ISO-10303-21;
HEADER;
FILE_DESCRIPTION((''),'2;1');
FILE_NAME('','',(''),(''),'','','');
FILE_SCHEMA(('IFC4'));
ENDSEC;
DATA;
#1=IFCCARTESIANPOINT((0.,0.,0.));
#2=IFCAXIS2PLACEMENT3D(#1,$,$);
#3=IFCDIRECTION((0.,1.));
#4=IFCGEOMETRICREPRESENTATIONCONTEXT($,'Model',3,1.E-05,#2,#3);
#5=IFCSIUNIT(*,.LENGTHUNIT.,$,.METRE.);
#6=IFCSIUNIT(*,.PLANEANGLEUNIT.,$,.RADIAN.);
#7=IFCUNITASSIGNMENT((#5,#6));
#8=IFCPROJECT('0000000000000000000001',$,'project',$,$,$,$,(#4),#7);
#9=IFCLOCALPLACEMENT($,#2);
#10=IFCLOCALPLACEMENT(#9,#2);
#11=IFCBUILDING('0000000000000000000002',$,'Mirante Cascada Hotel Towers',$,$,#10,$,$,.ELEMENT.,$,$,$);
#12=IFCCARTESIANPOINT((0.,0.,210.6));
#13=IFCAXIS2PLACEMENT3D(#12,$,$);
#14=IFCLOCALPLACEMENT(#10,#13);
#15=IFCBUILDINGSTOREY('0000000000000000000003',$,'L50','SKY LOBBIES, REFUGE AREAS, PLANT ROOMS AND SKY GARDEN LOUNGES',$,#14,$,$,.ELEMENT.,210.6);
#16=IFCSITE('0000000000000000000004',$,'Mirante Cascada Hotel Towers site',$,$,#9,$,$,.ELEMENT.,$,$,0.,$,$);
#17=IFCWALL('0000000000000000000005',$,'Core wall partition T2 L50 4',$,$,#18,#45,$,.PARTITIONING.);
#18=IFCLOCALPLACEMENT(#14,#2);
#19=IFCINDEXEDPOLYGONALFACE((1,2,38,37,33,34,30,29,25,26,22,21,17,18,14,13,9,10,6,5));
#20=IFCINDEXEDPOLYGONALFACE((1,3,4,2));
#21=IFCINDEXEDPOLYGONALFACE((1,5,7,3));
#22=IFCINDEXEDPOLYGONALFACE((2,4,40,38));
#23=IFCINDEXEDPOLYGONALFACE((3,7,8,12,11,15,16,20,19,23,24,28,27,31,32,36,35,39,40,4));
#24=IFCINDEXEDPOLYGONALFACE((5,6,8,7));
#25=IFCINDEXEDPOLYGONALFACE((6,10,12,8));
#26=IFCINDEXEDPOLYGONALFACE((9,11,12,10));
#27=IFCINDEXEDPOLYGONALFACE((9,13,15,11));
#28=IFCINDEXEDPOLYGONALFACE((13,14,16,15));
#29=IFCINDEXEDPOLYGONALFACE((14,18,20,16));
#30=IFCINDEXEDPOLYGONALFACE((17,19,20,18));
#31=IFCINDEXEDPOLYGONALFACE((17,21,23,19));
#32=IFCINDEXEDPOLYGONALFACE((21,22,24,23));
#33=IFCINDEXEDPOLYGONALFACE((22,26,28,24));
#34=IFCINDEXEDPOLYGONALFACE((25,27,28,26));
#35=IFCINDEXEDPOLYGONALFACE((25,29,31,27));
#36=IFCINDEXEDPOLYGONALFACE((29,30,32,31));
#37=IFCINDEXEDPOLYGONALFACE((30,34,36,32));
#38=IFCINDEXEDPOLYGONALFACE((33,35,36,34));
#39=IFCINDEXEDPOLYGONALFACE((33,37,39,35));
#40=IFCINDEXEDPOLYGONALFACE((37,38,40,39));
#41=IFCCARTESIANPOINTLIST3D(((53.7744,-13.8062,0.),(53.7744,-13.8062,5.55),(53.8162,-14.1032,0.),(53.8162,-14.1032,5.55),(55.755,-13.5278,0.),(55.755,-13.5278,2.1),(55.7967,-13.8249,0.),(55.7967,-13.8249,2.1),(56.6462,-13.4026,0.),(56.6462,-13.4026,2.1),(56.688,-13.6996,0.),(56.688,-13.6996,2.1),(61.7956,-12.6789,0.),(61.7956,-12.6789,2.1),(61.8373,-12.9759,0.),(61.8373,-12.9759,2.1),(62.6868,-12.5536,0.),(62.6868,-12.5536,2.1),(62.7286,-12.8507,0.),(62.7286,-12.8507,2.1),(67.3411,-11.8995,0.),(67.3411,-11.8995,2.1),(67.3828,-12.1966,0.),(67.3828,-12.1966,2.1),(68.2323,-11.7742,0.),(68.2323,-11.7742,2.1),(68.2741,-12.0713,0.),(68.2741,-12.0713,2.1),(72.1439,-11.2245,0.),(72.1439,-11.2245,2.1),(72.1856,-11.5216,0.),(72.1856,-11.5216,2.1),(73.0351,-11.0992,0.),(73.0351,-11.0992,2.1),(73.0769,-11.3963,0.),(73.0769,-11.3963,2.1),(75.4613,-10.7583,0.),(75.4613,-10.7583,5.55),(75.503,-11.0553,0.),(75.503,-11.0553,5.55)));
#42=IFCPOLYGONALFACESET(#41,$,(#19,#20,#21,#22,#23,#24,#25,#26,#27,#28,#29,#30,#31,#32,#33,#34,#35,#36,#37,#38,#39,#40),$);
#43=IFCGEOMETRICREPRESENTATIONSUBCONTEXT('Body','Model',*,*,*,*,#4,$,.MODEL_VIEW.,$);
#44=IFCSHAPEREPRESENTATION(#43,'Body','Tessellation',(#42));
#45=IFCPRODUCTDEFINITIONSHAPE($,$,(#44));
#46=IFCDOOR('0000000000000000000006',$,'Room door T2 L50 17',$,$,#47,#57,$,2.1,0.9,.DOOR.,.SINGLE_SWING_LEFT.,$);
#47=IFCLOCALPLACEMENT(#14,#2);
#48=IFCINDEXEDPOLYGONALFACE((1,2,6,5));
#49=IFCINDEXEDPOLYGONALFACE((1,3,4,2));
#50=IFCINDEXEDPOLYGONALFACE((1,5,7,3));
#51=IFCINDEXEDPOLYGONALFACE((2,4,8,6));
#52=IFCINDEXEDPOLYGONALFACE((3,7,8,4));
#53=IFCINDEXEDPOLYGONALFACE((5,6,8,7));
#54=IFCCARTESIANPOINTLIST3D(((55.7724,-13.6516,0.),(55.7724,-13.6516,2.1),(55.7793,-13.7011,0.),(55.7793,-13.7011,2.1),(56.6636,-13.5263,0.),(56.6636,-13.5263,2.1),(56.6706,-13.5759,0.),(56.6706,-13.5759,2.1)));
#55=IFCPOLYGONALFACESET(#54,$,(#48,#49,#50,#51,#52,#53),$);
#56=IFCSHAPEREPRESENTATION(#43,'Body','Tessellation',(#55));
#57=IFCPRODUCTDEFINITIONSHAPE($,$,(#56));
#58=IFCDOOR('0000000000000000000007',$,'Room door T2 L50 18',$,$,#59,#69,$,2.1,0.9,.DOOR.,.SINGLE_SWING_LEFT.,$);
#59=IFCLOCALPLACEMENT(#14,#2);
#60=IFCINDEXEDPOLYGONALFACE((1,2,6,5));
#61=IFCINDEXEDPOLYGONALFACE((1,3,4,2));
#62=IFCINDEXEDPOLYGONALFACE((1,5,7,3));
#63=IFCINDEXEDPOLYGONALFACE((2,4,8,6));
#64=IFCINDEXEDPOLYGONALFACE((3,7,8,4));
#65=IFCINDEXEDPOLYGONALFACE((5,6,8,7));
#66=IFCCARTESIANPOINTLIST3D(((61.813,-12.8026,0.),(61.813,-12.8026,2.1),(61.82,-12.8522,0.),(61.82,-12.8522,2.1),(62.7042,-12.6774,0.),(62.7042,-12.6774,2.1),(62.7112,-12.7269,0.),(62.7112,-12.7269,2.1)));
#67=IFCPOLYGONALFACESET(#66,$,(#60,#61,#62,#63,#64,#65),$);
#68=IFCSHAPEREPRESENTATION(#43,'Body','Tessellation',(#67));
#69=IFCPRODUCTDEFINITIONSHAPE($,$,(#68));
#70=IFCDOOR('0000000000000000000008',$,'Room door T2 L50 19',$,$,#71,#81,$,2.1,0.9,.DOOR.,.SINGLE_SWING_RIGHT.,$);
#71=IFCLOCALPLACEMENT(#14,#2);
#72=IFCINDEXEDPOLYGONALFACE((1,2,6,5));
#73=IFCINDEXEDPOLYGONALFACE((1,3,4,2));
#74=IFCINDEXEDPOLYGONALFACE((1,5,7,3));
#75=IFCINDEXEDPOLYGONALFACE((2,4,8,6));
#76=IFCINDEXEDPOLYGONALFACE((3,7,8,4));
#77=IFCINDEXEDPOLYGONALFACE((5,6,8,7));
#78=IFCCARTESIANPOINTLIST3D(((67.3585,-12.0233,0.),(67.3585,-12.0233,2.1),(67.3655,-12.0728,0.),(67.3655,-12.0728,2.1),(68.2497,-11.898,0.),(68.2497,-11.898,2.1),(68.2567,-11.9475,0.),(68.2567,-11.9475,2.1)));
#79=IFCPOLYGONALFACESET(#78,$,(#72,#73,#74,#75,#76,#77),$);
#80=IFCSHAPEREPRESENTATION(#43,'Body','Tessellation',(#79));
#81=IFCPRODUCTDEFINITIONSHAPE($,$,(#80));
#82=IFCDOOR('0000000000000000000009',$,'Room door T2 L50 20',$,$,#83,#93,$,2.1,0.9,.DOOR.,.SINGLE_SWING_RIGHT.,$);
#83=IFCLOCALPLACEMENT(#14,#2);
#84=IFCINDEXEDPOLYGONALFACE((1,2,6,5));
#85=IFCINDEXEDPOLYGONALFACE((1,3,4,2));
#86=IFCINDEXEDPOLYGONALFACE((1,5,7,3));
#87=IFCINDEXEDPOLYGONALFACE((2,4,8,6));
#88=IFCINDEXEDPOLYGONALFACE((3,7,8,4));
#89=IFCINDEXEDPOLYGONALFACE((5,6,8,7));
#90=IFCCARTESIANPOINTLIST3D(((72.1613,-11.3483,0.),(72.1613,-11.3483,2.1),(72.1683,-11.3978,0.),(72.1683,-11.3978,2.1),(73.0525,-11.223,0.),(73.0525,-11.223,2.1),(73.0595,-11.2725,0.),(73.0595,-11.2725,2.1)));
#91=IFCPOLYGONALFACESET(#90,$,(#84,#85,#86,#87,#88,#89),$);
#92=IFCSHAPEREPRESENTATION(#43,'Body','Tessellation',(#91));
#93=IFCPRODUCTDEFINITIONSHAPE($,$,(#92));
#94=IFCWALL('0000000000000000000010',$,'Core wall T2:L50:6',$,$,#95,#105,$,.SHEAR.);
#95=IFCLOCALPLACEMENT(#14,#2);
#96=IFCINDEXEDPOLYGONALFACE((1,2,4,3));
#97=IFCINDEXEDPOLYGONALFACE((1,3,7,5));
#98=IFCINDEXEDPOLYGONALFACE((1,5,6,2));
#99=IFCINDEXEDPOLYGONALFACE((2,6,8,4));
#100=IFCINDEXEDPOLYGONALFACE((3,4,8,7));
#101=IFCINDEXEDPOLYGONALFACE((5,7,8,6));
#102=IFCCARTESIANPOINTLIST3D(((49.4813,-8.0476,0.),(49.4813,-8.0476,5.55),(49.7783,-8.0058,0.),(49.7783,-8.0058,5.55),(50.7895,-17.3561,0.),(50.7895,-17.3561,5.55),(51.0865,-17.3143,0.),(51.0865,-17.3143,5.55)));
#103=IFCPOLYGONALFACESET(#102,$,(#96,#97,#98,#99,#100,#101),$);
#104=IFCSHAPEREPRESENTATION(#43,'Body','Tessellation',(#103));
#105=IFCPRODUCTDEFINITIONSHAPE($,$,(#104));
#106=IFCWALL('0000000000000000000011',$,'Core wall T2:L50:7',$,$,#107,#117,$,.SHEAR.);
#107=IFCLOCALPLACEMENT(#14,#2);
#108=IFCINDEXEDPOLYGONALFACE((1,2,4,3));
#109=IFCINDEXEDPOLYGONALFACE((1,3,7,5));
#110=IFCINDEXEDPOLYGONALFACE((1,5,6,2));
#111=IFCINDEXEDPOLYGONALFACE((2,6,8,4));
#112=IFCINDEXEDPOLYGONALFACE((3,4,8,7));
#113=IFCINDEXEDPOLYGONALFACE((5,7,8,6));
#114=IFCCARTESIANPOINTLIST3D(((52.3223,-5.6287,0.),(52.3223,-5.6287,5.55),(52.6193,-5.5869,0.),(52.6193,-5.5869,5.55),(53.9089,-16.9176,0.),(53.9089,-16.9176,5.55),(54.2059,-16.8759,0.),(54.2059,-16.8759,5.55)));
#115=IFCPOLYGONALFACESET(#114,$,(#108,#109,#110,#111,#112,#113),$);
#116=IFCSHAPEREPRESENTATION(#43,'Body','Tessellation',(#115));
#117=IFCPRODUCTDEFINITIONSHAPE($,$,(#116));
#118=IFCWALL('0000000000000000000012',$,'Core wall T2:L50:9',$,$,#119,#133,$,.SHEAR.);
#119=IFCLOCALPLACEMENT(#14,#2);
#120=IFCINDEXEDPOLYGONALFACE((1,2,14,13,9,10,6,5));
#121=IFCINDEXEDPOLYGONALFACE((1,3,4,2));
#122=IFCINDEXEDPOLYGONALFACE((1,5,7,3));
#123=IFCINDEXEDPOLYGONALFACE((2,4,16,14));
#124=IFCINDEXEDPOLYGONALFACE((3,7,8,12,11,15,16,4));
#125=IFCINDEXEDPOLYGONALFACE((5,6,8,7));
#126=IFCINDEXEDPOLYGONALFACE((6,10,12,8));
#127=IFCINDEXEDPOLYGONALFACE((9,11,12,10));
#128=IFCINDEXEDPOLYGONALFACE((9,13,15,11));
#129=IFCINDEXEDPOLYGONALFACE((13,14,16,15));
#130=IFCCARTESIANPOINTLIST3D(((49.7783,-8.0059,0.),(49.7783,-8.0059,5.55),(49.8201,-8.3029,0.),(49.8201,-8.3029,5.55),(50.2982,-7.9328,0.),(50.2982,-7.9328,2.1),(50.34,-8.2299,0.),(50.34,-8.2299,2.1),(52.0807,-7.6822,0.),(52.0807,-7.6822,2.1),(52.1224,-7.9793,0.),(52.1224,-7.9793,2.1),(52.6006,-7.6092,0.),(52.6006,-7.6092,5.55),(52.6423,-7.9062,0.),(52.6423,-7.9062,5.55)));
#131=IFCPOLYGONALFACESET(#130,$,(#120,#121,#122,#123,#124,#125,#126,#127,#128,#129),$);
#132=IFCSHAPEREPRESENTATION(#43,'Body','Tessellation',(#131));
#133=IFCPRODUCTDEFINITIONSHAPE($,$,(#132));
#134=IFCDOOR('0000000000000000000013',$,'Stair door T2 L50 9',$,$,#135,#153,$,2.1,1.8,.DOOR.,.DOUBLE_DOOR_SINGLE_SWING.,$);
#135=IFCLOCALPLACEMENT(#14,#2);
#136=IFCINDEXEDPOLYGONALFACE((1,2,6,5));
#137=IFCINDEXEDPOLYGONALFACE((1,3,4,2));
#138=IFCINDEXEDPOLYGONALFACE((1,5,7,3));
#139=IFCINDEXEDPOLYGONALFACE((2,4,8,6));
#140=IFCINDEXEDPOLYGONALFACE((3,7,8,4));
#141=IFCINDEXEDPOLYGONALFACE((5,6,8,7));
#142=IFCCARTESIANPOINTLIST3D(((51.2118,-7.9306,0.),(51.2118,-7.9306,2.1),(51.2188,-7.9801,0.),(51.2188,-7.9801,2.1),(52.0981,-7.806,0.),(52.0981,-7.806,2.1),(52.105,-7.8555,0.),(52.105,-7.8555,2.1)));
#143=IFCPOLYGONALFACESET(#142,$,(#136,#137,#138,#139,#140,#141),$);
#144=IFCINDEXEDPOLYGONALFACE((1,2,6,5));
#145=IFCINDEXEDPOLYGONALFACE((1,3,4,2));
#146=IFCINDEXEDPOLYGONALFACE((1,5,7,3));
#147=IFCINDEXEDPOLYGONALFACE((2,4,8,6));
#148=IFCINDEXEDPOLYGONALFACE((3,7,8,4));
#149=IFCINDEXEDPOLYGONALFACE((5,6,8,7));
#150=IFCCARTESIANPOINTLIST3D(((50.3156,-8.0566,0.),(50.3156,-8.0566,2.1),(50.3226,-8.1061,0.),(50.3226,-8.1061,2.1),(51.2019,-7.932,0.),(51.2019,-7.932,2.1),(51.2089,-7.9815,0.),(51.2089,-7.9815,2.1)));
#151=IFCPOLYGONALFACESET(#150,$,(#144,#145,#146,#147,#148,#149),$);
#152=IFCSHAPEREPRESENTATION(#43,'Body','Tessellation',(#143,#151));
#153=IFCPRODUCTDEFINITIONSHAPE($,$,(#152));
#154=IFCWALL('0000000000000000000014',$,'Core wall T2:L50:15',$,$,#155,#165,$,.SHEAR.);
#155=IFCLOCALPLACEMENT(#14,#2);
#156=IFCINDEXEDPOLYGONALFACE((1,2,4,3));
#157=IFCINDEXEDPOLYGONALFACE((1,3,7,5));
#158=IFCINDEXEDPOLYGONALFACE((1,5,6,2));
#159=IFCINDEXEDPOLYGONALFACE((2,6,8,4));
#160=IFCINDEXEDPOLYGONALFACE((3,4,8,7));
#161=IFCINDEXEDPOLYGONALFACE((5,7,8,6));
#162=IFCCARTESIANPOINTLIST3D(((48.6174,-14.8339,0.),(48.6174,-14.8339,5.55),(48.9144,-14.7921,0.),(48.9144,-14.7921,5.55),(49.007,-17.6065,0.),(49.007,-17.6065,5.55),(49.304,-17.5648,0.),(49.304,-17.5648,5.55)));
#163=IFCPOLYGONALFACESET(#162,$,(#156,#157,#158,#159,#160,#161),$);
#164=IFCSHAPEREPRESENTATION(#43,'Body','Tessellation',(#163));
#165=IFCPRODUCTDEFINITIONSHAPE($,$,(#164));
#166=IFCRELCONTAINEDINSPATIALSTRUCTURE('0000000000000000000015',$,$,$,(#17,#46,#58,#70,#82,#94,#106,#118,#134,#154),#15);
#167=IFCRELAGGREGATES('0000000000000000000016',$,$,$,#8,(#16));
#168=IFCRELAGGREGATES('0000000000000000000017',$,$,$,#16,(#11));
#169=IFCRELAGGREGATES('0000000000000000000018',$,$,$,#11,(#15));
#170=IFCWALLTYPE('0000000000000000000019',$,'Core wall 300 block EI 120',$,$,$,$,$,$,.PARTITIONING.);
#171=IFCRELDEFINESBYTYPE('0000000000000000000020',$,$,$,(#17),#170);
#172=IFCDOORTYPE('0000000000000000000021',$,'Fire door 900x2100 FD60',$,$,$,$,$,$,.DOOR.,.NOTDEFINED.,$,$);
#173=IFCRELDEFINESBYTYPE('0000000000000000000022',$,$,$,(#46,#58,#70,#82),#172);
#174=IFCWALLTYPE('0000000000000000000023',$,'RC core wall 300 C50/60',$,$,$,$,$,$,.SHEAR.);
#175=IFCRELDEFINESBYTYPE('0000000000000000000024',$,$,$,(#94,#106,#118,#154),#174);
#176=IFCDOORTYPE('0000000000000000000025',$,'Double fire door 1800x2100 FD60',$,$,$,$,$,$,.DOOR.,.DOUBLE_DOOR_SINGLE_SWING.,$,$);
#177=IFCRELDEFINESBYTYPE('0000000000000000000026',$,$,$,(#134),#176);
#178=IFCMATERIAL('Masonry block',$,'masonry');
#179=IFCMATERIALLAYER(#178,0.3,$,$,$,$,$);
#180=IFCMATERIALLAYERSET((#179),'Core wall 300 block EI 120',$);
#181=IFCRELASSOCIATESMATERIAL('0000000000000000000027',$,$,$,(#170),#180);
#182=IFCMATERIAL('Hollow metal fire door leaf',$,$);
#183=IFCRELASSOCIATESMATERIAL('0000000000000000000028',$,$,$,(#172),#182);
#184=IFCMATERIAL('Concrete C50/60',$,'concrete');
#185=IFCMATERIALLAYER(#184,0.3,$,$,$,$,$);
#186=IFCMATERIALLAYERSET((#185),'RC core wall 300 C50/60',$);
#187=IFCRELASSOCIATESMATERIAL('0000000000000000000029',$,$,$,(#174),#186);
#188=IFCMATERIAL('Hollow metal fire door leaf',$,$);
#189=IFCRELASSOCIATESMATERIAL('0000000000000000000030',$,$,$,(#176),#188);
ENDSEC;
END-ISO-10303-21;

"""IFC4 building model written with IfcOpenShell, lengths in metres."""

from ifc_helpers import new_model, si_unit, direction, frame, frame_2d, origin, place, context, subcontext, project, spatial, rectangle, extrude, material, layer, layer_set, type_object, element, fill, save


model = new_model("IFC4")

# Units and contexts
model_context = context("Model", 3, precision=1e-05, world=origin(), true_north=direction((0.0, 1.0)))
body_context = subcontext(model_context, "Body", "Model", "MODEL_VIEW")
ifc_project = project(units=[si_unit("LENGTHUNIT", "METRE"), si_unit("PLANEANGLEUNIT", "RADIAN")], contexts=[model_context])

# Site, building, storey
site_placement = place(None, origin())
site = spatial("IfcSite", under=ifc_project, at=site_placement, Name="Mirante Cascada Hotel Towers site", CompositionType="ELEMENT", RefElevation=0.0)
building_placement = place(site_placement, origin())
building = spatial("IfcBuilding", under=site, at=building_placement, Name="Mirante Cascada Hotel Towers", CompositionType="ELEMENT")
storey_placement = place(building_placement, frame((0.0, 0.0, 210.6)))
storey = spatial("IfcBuildingStorey", under=building, at=storey_placement, Name="L50", Description="SKY LOBBIES, REFUGE AREAS, PLANT ROOMS AND SKY GARDEN LOUNGES", CompositionType="ELEMENT", Elevation=210.6)

# Wall, openings, doors
ifc_material_1 = material(Name="Masonry block", Category="masonry")
ifc_layer_1 = layer(ifc_material_1, 0.3)
ifc_layer_set_1 = layer_set([ifc_layer_1], Name="Core wall 300 block EI 120")
wall_type_1 = type_object("IfcWallType", Name="Core wall 300 block EI 120", PredefinedType="PARTITIONING", material=ifc_layer_set_1)
wall_1_placement = place(storey_placement, frame((53.7953, -13.9547, 0.0), z_axis=(0.0, 0.0, 1.0), x_axis=(0.990268, 0.139173, 0.0)))
wall_1 = element("IfcWall", 1, at=wall_1_placement, inside=storey, type_object=wall_type_1, Name="Core wall partition T2 L50 4", PredefinedType="PARTITIONING", context=body_context, shape_type="SweptSolid", body=[
    extrude(rectangle(XDim=21.9, YDim=0.3, at=frame_2d((10.95, 0.0))), origin(), (0.0, 0.0, 1.0), 5.55),
])
opening_1_placement = place(wall_1_placement, frame((2.0, 0.0, 0.0)))
opening_1 = element("IfcOpeningElement", 2, at=opening_1_placement, cuts=wall_1, PredefinedType="OPENING", context=body_context, shape_type="SweptSolid", body=[
    extrude(rectangle(XDim=0.9, YDim=2.1, at=frame_2d((0.45, 1.05))), frame((0.0, 0.15, 0.0), z_axis=(0.0, -1.0, 0.0), x_axis=(1.0, 0.0, 0.0)), (0.0, 0.0, 1.0), 0.3),
])
opening_2_placement = place(wall_1_placement, frame((8.1, 0.0, 0.0)))
opening_2 = element("IfcOpeningElement", 3, at=opening_2_placement, cuts=wall_1, PredefinedType="OPENING", context=body_context, shape_type="SweptSolid", body=[
    extrude(rectangle(XDim=0.9, YDim=2.1, at=frame_2d((0.45, 1.05))), frame((0.0, 0.15, 0.0), z_axis=(0.0, -1.0, 0.0), x_axis=(1.0, 0.0, 0.0)), (0.0, 0.0, 1.0), 0.3),
])
opening_3_placement = place(wall_1_placement, frame((13.7, 0.0, 0.0)))
opening_3 = element("IfcOpeningElement", 4, at=opening_3_placement, cuts=wall_1, PredefinedType="OPENING", context=body_context, shape_type="SweptSolid", body=[
    extrude(rectangle(XDim=0.9, YDim=2.1, at=frame_2d((0.45, 1.05))), frame((0.0, 0.15, 0.0), z_axis=(0.0, -1.0, 0.0), x_axis=(1.0, 0.0, 0.0)), (0.0, 0.0, 1.0), 0.3),
])
opening_4_placement = place(wall_1_placement, frame((18.55, 0.0, 0.0)))
opening_4 = element("IfcOpeningElement", 5, at=opening_4_placement, cuts=wall_1, PredefinedType="OPENING", context=body_context, shape_type="SweptSolid", body=[
    extrude(rectangle(XDim=0.9, YDim=2.1, at=frame_2d((0.45, 1.05))), frame((0.0, 0.15, 0.0), z_axis=(0.0, -1.0, 0.0), x_axis=(1.0, 0.0, 0.0)), (0.0, 0.0, 1.0), 0.3),
])
ifc_material_2 = material(Name="Hollow metal fire door leaf")
door_type_1 = type_object("IfcDoorType", Name="Fire door 900x2100 FD60", OperationType="NOTDEFINED", PredefinedType="DOOR", material=ifc_material_2)
door_1_placement = place(opening_1_placement, frame((0.9, 0.0, 0.0), z_axis=(0.0, 0.0, 1.0), x_axis=(-1.0, 0.0, 0.0)))
door_1 = element("IfcDoor", 6, at=door_1_placement, inside=storey, type_object=door_type_1, Name="Room door T2 L50 17", OperationType="SINGLE_SWING_LEFT", OverallHeight=2.1, OverallWidth=0.9, PredefinedType="DOOR", context=body_context, shape_type="SweptSolid", body=[
    extrude(rectangle(XDim=0.9, YDim=2.1, at=frame_2d((0.45, 1.05))), frame((0.0, 0.025, 0.0), z_axis=(0.0, -1.0, 0.0), x_axis=(1.0, 0.0, 0.0)), (0.0, 0.0, 1.0), 0.05),
])
fill(opening_1, door_1)
door_2_placement = place(opening_2_placement, frame((0.9, 0.0, 0.0), z_axis=(0.0, 0.0, 1.0), x_axis=(-1.0, 0.0, 0.0)))
door_2 = element("IfcDoor", 7, at=door_2_placement, inside=storey, type_object=door_type_1, Name="Room door T2 L50 18", OperationType="SINGLE_SWING_LEFT", OverallHeight=2.1, OverallWidth=0.9, PredefinedType="DOOR", context=body_context, shape_type="SweptSolid", body=[
    extrude(rectangle(XDim=0.9, YDim=2.1, at=frame_2d((0.45, 1.05))), frame((0.0, 0.025, 0.0), z_axis=(0.0, -1.0, 0.0), x_axis=(1.0, 0.0, 0.0)), (0.0, 0.0, 1.0), 0.05),
])
fill(opening_2, door_2)
door_3_placement = place(opening_3_placement, frame((0.9, 0.0, 0.0), z_axis=(0.0, 0.0, 1.0), x_axis=(-1.0, 0.0, 0.0)))
door_3 = element("IfcDoor", 8, at=door_3_placement, inside=storey, type_object=door_type_1, Name="Room door T2 L50 19", OperationType="SINGLE_SWING_RIGHT", OverallHeight=2.1, OverallWidth=0.9, PredefinedType="DOOR", context=body_context, shape_type="SweptSolid", body=[
    extrude(rectangle(XDim=0.9, YDim=2.1, at=frame_2d((0.45, 1.05))), frame((0.0, 0.025, 0.0), z_axis=(0.0, -1.0, 0.0), x_axis=(1.0, 0.0, 0.0)), (0.0, 0.0, 1.0), 0.05),
])
fill(opening_3, door_3)
door_4_placement = place(opening_4_placement, frame((0.9, 0.0, 0.0), z_axis=(0.0, 0.0, 1.0), x_axis=(-1.0, 0.0, 0.0)))
door_4 = element("IfcDoor", 9, at=door_4_placement, inside=storey, type_object=door_type_1, Name="Room door T2 L50 20", OperationType="SINGLE_SWING_RIGHT", OverallHeight=2.1, OverallWidth=0.9, PredefinedType="DOOR", context=body_context, shape_type="SweptSolid", body=[
    extrude(rectangle(XDim=0.9, YDim=2.1, at=frame_2d((0.45, 1.05))), frame((0.0, 0.025, 0.0), z_axis=(0.0, -1.0, 0.0), x_axis=(1.0, 0.0, 0.0)), (0.0, 0.0, 1.0), 0.05),
])
fill(opening_4, door_4)

# Walls
ifc_material_3 = material(Name="Concrete C50/60", Category="concrete")
ifc_layer_2 = layer(ifc_material_3, 0.3)
ifc_layer_set_2 = layer_set([ifc_layer_2], Name="RC core wall 300 C50/60")
wall_type_2 = type_object("IfcWallType", Name="RC core wall 300 C50/60", PredefinedType="SHEAR", material=ifc_layer_set_2)
wall_2_placement = place(storey_placement, frame((50.938, -17.3352, 0.0), z_axis=(0.0, 0.0, 1.0), x_axis=(-0.139171, 0.990268, 0.0)))
element("IfcWall", 10, at=wall_2_placement, inside=storey, type_object=wall_type_2, Name="Core wall T2:L50:6", PredefinedType="SHEAR", context=body_context, shape_type="SweptSolid", body=[
    extrude(rectangle(XDim=9.4, YDim=0.3, at=frame_2d((4.7, 0.0))), origin(), (0.0, 0.0, 1.0), 5.55),
])
wall_3_placement = place(storey_placement, frame((54.0574, -16.8968, 0.0), z_axis=(0.0, 0.0, 1.0), x_axis=(-0.139176, 0.990268, 0.0)))
element("IfcWall", 11, at=wall_3_placement, inside=storey, type_object=wall_type_2, Name="Core wall T2:L50:7", PredefinedType="SHEAR", context=body_context, shape_type="SweptSolid", body=[
    extrude(rectangle(XDim=11.3999, YDim=0.3, at=frame_2d((5.7, 0.0))), origin(), (0.0, 0.0, 1.0), 5.55),
])

# Wall, opening, door
wall_4_placement = place(storey_placement, frame((49.7992, -8.1544, 0.0), z_axis=(0.0, 0.0, 1.0), x_axis=(0.990266, 0.139191, 0.0)))
wall_4 = element("IfcWall", 12, at=wall_4_placement, inside=storey, type_object=wall_type_2, Name="Core wall T2:L50:9", PredefinedType="SHEAR", context=body_context, shape_type="SweptSolid", body=[
    extrude(rectangle(XDim=2.85, YDim=0.3, at=frame_2d((1.425, 0.0))), origin(), (0.0, 0.0, 1.0), 5.55),
])
opening_5_placement = place(wall_4_placement, frame((0.525, 0.0, 0.0)))
opening_5 = element("IfcOpeningElement", 13, at=opening_5_placement, cuts=wall_4, PredefinedType="OPENING", context=body_context, shape_type="SweptSolid", body=[
    extrude(rectangle(XDim=1.8, YDim=2.1, at=frame_2d((0.9, 1.05))), frame((0.0, 0.15, 0.0), z_axis=(0.0, -1.0, 0.0), x_axis=(1.0, 0.0, 0.0)), (0.0, 0.0, 1.0), 0.3),
])
ifc_material_4 = material(Name="Hollow metal fire door leaf")
door_type_2 = type_object("IfcDoorType", Name="Double fire door 1800x2100 FD60", OperationType="DOUBLE_DOOR_SINGLE_SWING", PredefinedType="DOOR", material=ifc_material_4)
door_5_placement = place(opening_5_placement, frame((1.8, 0.0, 0.0), z_axis=(0.0, 0.0, 1.0), x_axis=(-1.0, 0.0, 0.0)))
door_5 = element("IfcDoor", 14, at=door_5_placement, inside=storey, type_object=door_type_2, Name="Stair door T2 L50 9", OperationType="DOUBLE_DOOR_SINGLE_SWING", OverallHeight=2.1, OverallWidth=1.8, PredefinedType="DOOR", context=body_context, shape_type="SweptSolid", body=[
    extrude(rectangle(XDim=0.895, YDim=2.1, at=frame_2d((0.4475, 1.05))), frame((0.0, 0.025, 0.0), z_axis=(0.0, -1.0, 0.0), x_axis=(1.0, 0.0, 0.0)), (0.0, 0.0, 1.0), 0.05),
    extrude(rectangle(XDim=0.895, YDim=2.1, at=frame_2d((1.3525, 1.05))), frame((0.0, 0.025, 0.0), z_axis=(0.0, -1.0, 0.0), x_axis=(1.0, 0.0, 0.0)), (0.0, 0.0, 1.0), 0.05),
])
fill(opening_5, door_5)

# Wall
wall_5_placement = place(storey_placement, frame((49.1555, -17.5857, 0.0), z_axis=(0.0, 0.0, 1.0), x_axis=(-0.139146, 0.990272, 0.0)))
element("IfcWall", 15, at=wall_5_placement, inside=storey, type_object=wall_type_2, Name="Core wall T2:L50:15", PredefinedType="SHEAR", context=body_context, shape_type="SweptSolid", body=[
    extrude(rectangle(XDim=2.7999, YDim=0.3, at=frame_2d((1.4, 0.0))), origin(), (0.0, 0.0, 1.0), 5.55),
])

save(model, "model.ifc")
